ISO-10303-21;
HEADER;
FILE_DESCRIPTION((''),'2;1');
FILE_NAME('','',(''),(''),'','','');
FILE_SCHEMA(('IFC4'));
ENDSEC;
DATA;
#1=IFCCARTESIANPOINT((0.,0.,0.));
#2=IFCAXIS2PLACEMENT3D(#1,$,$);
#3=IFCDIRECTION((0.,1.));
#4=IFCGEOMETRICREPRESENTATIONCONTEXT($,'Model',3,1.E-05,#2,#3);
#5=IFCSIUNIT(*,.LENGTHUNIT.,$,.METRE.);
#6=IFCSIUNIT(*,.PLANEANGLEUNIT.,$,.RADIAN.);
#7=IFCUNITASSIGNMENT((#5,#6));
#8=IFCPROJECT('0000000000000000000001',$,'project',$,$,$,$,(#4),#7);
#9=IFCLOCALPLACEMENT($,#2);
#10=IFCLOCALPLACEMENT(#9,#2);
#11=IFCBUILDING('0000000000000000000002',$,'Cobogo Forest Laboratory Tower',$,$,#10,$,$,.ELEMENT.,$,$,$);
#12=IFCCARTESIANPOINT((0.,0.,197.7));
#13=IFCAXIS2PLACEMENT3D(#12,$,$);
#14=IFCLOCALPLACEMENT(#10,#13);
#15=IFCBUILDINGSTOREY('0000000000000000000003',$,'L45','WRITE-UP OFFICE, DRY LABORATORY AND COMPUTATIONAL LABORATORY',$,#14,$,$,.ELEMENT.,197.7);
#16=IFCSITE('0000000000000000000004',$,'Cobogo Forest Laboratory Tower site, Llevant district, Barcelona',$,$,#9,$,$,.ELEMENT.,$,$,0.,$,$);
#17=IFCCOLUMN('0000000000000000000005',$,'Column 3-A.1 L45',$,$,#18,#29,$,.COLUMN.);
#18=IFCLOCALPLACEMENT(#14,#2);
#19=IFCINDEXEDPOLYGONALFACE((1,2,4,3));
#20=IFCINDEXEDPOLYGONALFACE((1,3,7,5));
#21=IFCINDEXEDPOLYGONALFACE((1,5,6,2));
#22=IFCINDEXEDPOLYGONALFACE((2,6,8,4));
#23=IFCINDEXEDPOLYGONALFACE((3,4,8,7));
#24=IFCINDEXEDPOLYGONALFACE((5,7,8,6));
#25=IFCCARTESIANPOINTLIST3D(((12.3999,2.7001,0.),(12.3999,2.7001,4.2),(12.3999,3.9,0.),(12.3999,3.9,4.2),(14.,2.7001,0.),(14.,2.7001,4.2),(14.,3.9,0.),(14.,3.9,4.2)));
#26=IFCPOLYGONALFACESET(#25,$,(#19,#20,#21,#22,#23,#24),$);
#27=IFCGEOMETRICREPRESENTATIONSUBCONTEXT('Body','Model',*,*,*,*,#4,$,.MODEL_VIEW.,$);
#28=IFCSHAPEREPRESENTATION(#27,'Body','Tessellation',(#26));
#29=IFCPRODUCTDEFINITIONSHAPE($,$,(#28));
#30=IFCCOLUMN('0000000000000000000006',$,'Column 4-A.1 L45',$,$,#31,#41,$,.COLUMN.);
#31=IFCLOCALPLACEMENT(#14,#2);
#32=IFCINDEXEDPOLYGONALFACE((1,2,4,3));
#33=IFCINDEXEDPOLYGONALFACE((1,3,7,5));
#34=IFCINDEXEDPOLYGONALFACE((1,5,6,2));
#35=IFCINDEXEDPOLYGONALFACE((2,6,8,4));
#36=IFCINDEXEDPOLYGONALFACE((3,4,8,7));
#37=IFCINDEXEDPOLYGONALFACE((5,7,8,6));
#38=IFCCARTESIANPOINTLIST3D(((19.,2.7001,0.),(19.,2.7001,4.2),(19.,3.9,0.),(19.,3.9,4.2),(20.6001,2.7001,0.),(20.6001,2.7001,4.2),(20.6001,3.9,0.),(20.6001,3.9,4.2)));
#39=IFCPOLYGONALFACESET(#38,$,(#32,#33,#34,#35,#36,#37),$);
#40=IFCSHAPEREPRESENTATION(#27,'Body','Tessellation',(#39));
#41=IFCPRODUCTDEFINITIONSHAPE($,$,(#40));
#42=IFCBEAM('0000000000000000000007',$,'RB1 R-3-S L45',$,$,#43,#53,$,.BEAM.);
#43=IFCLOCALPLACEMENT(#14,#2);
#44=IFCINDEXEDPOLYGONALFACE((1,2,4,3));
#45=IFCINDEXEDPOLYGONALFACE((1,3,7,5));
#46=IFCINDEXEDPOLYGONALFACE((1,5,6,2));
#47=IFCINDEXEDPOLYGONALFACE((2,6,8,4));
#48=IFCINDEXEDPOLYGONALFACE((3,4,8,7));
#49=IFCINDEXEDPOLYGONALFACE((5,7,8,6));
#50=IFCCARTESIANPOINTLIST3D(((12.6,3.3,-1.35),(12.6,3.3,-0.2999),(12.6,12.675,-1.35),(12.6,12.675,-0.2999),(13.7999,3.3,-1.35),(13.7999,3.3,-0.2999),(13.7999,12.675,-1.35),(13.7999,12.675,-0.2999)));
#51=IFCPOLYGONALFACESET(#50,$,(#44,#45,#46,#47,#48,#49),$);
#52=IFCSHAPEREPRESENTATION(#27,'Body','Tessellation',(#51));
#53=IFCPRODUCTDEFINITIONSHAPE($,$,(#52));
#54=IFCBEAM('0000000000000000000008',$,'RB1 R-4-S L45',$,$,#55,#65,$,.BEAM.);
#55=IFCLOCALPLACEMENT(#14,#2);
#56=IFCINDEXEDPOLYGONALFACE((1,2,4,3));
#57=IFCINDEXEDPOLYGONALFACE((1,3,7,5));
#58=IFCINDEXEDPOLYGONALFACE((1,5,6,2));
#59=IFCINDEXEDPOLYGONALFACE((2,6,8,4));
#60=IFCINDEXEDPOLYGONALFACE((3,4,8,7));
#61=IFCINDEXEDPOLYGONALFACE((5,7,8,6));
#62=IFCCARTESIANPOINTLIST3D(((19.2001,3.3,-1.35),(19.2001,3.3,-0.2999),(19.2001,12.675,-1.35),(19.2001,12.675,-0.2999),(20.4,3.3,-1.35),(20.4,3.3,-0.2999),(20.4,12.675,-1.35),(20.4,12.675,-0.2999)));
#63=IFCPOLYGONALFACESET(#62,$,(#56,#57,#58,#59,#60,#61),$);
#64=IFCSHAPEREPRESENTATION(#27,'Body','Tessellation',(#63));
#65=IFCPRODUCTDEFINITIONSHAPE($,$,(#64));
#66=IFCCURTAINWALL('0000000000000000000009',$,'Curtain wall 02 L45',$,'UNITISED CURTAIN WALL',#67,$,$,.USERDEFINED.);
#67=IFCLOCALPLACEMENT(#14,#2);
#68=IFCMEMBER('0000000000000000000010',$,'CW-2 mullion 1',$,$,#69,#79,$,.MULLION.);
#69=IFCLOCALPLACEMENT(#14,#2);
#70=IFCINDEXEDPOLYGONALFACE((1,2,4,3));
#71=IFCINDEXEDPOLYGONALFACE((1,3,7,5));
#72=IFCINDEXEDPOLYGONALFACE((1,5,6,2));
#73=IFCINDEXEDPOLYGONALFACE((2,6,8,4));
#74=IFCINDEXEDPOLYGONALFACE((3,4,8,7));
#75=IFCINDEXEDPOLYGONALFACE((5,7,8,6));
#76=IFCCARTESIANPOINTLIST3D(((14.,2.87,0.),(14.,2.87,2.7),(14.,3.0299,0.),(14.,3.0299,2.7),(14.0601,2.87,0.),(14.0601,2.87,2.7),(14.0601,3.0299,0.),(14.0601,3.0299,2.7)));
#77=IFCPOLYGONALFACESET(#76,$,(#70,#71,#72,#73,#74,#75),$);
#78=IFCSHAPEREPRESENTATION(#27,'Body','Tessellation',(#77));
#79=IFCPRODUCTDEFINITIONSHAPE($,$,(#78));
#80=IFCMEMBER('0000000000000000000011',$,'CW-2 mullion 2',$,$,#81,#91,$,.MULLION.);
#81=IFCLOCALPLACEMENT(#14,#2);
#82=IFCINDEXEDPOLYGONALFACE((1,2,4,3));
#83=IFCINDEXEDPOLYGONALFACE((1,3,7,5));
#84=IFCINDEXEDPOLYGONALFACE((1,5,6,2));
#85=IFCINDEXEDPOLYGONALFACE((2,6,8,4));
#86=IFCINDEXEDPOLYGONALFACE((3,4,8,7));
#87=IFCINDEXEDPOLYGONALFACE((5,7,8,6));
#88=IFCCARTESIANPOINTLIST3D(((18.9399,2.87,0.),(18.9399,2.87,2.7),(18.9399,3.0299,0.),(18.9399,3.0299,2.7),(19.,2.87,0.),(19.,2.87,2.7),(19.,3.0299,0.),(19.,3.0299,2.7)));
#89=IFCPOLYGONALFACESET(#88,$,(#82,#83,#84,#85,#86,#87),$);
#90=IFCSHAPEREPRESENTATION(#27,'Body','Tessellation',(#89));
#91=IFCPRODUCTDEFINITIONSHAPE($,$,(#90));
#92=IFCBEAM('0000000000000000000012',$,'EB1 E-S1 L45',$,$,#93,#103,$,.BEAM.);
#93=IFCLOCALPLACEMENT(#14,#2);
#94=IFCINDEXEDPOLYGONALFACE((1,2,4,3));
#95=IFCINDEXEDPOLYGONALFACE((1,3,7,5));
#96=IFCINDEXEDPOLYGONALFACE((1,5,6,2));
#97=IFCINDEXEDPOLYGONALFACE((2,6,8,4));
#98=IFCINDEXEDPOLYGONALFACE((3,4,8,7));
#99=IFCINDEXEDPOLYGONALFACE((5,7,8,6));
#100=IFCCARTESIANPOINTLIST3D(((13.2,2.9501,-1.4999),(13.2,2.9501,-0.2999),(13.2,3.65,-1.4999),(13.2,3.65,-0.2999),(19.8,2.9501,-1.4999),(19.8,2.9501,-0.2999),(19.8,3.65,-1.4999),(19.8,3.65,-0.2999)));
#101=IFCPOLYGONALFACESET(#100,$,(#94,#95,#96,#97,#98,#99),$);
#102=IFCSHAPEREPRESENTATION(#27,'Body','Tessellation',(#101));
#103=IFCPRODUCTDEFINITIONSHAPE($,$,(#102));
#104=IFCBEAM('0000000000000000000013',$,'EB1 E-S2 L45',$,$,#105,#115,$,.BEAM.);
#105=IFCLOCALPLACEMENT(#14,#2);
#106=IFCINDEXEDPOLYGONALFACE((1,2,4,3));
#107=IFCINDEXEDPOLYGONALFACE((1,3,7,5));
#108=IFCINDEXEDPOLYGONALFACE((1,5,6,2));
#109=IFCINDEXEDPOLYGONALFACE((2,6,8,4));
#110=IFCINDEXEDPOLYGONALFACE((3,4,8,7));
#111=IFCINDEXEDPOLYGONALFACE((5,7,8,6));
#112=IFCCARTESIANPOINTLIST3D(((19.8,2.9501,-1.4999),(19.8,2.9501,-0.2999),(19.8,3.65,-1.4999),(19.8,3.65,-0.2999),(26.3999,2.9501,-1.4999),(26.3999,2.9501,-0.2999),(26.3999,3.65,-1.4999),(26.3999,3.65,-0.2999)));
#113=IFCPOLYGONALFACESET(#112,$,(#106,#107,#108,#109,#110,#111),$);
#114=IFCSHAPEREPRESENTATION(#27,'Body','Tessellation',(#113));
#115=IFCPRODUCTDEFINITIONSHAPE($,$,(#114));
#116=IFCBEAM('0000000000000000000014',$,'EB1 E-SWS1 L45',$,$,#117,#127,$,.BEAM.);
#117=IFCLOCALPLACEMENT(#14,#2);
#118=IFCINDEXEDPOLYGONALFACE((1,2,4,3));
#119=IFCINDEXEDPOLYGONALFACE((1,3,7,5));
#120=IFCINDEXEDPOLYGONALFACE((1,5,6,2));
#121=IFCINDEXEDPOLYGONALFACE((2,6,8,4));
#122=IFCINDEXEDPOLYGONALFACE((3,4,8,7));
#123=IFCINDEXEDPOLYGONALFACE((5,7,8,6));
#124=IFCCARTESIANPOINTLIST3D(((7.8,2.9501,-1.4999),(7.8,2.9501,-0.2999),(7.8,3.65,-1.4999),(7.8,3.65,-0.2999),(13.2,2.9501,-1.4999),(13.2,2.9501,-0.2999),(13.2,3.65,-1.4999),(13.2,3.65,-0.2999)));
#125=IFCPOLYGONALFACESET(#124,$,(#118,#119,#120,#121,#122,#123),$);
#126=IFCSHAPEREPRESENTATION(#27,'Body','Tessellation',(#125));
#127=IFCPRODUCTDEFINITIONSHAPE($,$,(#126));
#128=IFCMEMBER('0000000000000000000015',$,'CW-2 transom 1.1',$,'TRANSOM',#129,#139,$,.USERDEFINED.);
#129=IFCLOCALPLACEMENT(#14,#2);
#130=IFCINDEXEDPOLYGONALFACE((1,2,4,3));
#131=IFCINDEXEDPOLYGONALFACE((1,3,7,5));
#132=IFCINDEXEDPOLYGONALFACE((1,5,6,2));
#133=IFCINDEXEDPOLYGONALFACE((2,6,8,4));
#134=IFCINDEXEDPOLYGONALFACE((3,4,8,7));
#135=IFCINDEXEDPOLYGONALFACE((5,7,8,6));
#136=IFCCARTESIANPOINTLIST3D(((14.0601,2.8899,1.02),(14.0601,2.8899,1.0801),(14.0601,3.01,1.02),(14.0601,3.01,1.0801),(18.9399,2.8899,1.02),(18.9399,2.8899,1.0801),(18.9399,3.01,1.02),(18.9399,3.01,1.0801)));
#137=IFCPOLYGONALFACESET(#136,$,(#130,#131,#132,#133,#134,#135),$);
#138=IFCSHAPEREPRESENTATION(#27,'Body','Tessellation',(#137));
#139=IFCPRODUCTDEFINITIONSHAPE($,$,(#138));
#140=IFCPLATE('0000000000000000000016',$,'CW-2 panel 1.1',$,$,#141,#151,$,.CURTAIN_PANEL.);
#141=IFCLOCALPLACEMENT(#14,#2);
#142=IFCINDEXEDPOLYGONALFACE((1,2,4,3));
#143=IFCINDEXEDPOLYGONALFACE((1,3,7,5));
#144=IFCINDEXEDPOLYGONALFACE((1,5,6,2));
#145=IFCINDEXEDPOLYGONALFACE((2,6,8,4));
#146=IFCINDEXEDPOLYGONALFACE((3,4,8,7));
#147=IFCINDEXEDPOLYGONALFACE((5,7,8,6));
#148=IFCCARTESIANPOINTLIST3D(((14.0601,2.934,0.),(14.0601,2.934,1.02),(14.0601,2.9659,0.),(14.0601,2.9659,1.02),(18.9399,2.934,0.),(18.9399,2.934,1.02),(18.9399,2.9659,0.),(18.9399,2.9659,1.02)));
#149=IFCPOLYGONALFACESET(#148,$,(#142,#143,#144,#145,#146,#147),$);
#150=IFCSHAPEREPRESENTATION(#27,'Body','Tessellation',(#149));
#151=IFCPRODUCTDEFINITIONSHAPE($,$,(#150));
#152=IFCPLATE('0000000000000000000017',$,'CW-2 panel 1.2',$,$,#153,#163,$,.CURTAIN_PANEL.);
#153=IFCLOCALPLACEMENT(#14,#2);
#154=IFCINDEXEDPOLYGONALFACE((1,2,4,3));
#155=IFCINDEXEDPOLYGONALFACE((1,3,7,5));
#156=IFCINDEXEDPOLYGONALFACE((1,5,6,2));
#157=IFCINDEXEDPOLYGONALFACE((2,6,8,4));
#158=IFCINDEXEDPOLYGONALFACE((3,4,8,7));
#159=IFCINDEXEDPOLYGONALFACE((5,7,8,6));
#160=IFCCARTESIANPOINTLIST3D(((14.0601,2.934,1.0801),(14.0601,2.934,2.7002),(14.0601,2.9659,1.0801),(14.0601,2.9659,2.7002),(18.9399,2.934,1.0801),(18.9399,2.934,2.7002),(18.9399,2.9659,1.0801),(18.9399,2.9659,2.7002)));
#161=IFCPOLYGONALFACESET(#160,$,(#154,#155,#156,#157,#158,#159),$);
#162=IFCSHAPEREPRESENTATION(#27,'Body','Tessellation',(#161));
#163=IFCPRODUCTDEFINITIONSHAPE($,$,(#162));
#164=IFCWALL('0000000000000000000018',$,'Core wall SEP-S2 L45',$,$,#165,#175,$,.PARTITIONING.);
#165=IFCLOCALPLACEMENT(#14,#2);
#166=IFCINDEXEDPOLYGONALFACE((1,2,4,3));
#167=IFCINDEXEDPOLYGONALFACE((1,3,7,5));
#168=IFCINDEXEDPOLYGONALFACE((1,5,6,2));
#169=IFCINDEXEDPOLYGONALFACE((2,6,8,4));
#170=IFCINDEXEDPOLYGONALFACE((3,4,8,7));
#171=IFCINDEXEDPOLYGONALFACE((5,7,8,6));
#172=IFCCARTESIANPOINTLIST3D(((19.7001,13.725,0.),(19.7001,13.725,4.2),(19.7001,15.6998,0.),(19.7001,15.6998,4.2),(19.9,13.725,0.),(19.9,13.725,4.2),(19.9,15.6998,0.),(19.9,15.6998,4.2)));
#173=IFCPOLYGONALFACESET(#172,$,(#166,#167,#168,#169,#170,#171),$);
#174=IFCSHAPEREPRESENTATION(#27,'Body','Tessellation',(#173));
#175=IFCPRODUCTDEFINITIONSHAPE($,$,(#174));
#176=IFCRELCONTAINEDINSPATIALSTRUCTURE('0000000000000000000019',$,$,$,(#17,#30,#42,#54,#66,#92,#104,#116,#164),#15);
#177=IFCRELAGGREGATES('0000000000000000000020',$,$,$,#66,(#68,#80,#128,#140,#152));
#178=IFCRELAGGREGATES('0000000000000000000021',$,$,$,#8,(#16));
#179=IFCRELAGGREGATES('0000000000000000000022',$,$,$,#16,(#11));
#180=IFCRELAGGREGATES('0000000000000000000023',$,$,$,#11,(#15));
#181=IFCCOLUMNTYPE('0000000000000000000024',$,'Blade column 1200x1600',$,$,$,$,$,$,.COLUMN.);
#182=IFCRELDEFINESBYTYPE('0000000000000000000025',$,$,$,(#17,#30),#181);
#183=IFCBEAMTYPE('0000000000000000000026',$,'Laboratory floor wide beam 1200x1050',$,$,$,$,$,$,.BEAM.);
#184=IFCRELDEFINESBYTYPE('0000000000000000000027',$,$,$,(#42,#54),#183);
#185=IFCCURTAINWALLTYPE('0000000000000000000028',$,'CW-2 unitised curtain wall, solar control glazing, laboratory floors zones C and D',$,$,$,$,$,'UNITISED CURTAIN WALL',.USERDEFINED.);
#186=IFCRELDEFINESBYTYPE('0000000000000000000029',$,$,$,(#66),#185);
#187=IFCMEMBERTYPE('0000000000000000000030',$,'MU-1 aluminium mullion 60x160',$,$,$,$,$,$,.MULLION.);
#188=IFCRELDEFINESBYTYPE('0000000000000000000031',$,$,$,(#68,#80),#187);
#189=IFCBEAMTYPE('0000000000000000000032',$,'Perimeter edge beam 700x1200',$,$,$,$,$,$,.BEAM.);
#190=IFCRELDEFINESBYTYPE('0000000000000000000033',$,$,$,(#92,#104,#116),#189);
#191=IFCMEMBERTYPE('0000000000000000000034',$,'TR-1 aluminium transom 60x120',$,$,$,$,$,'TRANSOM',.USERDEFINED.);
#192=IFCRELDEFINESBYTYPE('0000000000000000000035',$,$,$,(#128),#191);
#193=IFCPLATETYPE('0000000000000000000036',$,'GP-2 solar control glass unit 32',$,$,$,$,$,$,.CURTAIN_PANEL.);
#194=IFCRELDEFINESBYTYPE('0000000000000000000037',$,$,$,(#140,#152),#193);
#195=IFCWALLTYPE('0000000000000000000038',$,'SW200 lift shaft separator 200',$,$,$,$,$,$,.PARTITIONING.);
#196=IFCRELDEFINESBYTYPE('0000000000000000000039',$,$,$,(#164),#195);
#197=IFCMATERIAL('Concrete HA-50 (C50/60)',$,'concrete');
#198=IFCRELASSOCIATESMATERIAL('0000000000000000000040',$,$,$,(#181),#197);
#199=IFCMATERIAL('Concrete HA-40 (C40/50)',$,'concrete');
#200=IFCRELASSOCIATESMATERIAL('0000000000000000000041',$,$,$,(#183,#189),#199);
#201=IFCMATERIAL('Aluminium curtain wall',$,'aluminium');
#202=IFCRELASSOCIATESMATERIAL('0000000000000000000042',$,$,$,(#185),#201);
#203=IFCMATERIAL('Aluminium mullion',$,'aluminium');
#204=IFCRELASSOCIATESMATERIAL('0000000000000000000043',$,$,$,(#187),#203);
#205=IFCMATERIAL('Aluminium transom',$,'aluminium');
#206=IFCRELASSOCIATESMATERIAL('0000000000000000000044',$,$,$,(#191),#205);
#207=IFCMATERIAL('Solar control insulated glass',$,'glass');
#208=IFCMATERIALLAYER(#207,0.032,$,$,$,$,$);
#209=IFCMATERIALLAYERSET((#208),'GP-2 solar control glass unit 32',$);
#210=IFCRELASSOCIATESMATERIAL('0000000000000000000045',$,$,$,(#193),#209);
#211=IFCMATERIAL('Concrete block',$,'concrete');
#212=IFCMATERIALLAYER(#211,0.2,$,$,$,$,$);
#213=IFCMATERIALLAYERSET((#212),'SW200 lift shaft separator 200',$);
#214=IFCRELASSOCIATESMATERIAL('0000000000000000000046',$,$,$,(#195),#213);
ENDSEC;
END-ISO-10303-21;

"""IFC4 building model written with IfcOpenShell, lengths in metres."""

from ifc_helpers import new_model, si_unit, direction, frame, frame_2d, origin, origin_2d, place, context, subcontext, project, spatial, rectangle, extrude, material, layer, layer_set, material_profile, profile_set, type_object, element, aggregate, save


model = new_model("IFC4")

# Units and contexts
model_context = context("Model", 3, precision=1e-05, world=origin(), true_north=direction((0.0, 1.0)))
body_context = subcontext(model_context, "Body", "Model", "MODEL_VIEW")
ifc_project = project(units=[si_unit("LENGTHUNIT", "METRE"), si_unit("PLANEANGLEUNIT", "RADIAN")], contexts=[model_context])

# Site, building, storey
site_placement = place(None, origin())
site = spatial("IfcSite", under=ifc_project, at=site_placement, Name="Cobogo Forest Laboratory Tower site, Llevant district, Barcelona", CompositionType="ELEMENT", RefElevation=0.0)
building_placement = place(site_placement, origin())
building = spatial("IfcBuilding", under=site, at=building_placement, Name="Cobogo Forest Laboratory Tower", CompositionType="ELEMENT")
storey_placement = place(building_placement, frame((0.0, 0.0, 197.7)))
storey = spatial("IfcBuildingStorey", under=building, at=storey_placement, Name="L45", Description="WRITE-UP OFFICE, DRY LABORATORY AND COMPUTATIONAL LABORATORY", CompositionType="ELEMENT", Elevation=197.7)

# Columns
ifc_material_1 = material(Name="Concrete HA-50 (C50/60)", Category="concrete")
ifc_material_profile_1 = material_profile(ifc_material_1, rectangle(XDim=1.6001, YDim=1.2, at=origin_2d()), Name="RC 1200x1600")
ifc_profile_set_1 = profile_set([ifc_material_profile_1], Name="Concrete HA-50 (C50/60)")
column_type = type_object("IfcColumnType", Name="Blade column 1200x1600", PredefinedType="COLUMN", material=ifc_profile_set_1)
for number, where, z_axis, x_axis, name in (
    (1, (13.2, 3.3, 0.0), (0.0, 0.0, 1.0), (1.0, 0.0, 0.0), "Column 3-A.1 L45"),
    (2, (19.8, 3.3, 0.0), (0.0, 0.0, 1.0), (1.0, 0.0, 0.0), "Column 4-A.1 L45"),
):
    element("IfcColumn", number, at=place(storey_placement, frame(where, z_axis=z_axis, x_axis=x_axis)), inside=storey, type_object=column_type, Name=name, PredefinedType="COLUMN", context=body_context, shape_type="SweptSolid", body=[
        extrude(rectangle(XDim=1.6001, YDim=1.2, at=origin_2d()), origin(), (0.0, 0.0, 1.0), 4.2),
    ])

# Beams
ifc_material_2 = material(Name="Concrete HA-40 (C40/50)", Category="concrete")
ifc_material_profile_2 = material_profile(ifc_material_2, rectangle(XDim=1.2, YDim=1.05, at=origin_2d()), Name="RC 1200x1050")
ifc_profile_set_2 = profile_set([ifc_material_profile_2], Name="Concrete HA-40 (C40/50)")
beam_type_1 = type_object("IfcBeamType", Name="Laboratory floor wide beam 1200x1050", PredefinedType="BEAM", material=ifc_profile_set_2)
for number, where, z_axis, x_axis, name in (
    (3, (13.2, 12.675, -0.825), (0.0, -1.0, 0.0), (1.0, 0.0, 0.0), "RB1 R-3-S L45"),
    (4, (19.8, 12.675, -0.825), (0.0, -1.0, 0.0), (1.0, 0.0, 0.0), "RB1 R-4-S L45"),
):
    element("IfcBeam", number, at=place(storey_placement, frame(where, z_axis=z_axis, x_axis=x_axis)), inside=storey, type_object=beam_type_1, Name=name, PredefinedType="BEAM", context=body_context, shape_type="SweptSolid", body=[
        extrude(rectangle(XDim=1.2, YDim=1.05, at=origin_2d()), origin(), (0.0, 0.0, 1.0), 9.375),
    ])

# Curtain wall, members
ifc_material_3 = material(Name="Aluminium curtain wall", Category="aluminium")
curtain_wall_type = type_object("IfcCurtainWallType", Name="CW-2 unitised curtain wall, solar control glazing, laboratory floors zones C and D", ElementType="UNITISED CURTAIN WALL", PredefinedType="USERDEFINED", material=ifc_material_3)
curtain_wall_placement = place(storey_placement, origin())
curtain_wall = element("IfcCurtainWall", 5, at=curtain_wall_placement, inside=storey, type_object=curtain_wall_type, Name="Curtain wall 02 L45", ObjectType="UNITISED CURTAIN WALL", PredefinedType="USERDEFINED")
ifc_material_4 = material(Name="Aluminium mullion", Category="aluminium")
ifc_material_profile_3 = material_profile(ifc_material_4, rectangle(XDim=0.0601, YDim=0.1599, at=origin_2d()), Name="AL 60x160")
ifc_profile_set_3 = profile_set([ifc_material_profile_3], Name="Aluminium mullion")
member_type_1 = type_object("IfcMemberType", Name="MU-1 aluminium mullion 60x160", PredefinedType="MULLION", material=ifc_profile_set_3)
member_1_placement = place(storey_placement, frame((14.03, 2.95, 0.0), z_axis=(0.0, 0.0, 1.0), x_axis=(1.0, 0.0, 0.0)))
member_1 = element("IfcMember", 6, at=member_1_placement, type_object=member_type_1, Name="CW-2 mullion 1", PredefinedType="MULLION", context=body_context, shape_type="SweptSolid", body=[
    extrude(rectangle(XDim=0.0601, YDim=0.1599, at=origin_2d()), origin(), (0.0, 0.0, 1.0), 2.7),
])
member_2_placement = place(storey_placement, frame((18.97, 2.95, 0.0), z_axis=(0.0, 0.0, 1.0), x_axis=(1.0, 0.0, 0.0)))
member_2 = element("IfcMember", 7, at=member_2_placement, type_object=member_type_1, Name="CW-2 mullion 2", PredefinedType="MULLION", context=body_context, shape_type="SweptSolid", body=[
    extrude(rectangle(XDim=0.0601, YDim=0.1599, at=origin_2d()), origin(), (0.0, 0.0, 1.0), 2.7),
])

# Beams
ifc_material_profile_4 = material_profile(ifc_material_2, rectangle(XDim=0.7, YDim=1.2, at=origin_2d()), Name="RC 700x1200")
ifc_profile_set_4 = profile_set([ifc_material_profile_4], Name="Concrete HA-40 (C40/50)")
beam_type_2 = type_object("IfcBeamType", Name="Perimeter edge beam 700x1200", PredefinedType="BEAM", material=ifc_profile_set_4)
beam_1_placement = place(storey_placement, frame((13.2, 3.3, -0.8999), z_axis=(1.0, 0.0, 0.0), x_axis=(0.0, 1.0, 0.0)))
element("IfcBeam", 8, at=beam_1_placement, inside=storey, type_object=beam_type_2, Name="EB1 E-S1 L45", PredefinedType="BEAM", context=body_context, shape_type="SweptSolid", body=[
    extrude(rectangle(XDim=0.7, YDim=1.2, at=origin_2d()), origin(), (0.0, 0.0, 1.0), 6.6001),
])
beam_2_placement = place(storey_placement, frame((19.8, 3.3, -0.8999), z_axis=(1.0, 0.0, 0.0), x_axis=(0.0, 1.0, 0.0)))
element("IfcBeam", 9, at=beam_2_placement, inside=storey, type_object=beam_type_2, Name="EB1 E-S2 L45", PredefinedType="BEAM", context=body_context, shape_type="SweptSolid", body=[
    extrude(rectangle(XDim=0.7, YDim=1.2, at=origin_2d()), origin(), (0.0, 0.0, 1.0), 6.5999),
])
beam_3_placement = place(storey_placement, frame((13.2, 3.3, -0.8999), z_axis=(-1.0, 0.0, 0.0), x_axis=(0.0, -1.0, 0.0)))
element("IfcBeam", 10, at=beam_3_placement, inside=storey, type_object=beam_type_2, Name="EB1 E-SWS1 L45", PredefinedType="BEAM", context=body_context, shape_type="SweptSolid", body=[
    extrude(rectangle(XDim=0.7, YDim=1.2, at=origin_2d()), origin(), (0.0, 0.0, 1.0), 5.3999),
])

# Member
ifc_material_5 = material(Name="Aluminium transom", Category="aluminium")
ifc_material_profile_5 = material_profile(ifc_material_5, rectangle(XDim=0.1201, YDim=0.0601, at=origin_2d()), Name="AL 60x120")
ifc_profile_set_5 = profile_set([ifc_material_profile_5], Name="Aluminium transom")
member_type_2 = type_object("IfcMemberType", Name="TR-1 aluminium transom 60x120", ElementType="TRANSOM", PredefinedType="USERDEFINED", material=ifc_profile_set_5)
member_3_placement = place(storey_placement, frame((14.0601, 2.95, 1.05), z_axis=(1.0, 0.0, 0.0), x_axis=(0.0, 1.0, 0.0)))
member_3 = element("IfcMember", 11, at=member_3_placement, type_object=member_type_2, Name="CW-2 transom 1.1", ObjectType="TRANSOM", PredefinedType="USERDEFINED", context=body_context, shape_type="SweptSolid", body=[
    extrude(rectangle(XDim=0.1201, YDim=0.0601, at=origin_2d()), origin(), (0.0, 0.0, 1.0), 4.8799),
])

# Plates
ifc_material_6 = material(Name="Solar control insulated glass", Category="glass")
ifc_layer_1 = layer(ifc_material_6, 0.032)
ifc_layer_set_1 = layer_set([ifc_layer_1], Name="GP-2 solar control glass unit 32")
plate_type_1 = type_object("IfcPlateType", Name="GP-2 solar control glass unit 32", PredefinedType="CURTAIN_PANEL", material=ifc_layer_set_1)
plate_1_placement = place(storey_placement, frame((16.5, 2.95, 0.0), z_axis=(0.0, 0.0, 1.0), x_axis=(1.0, 0.0, 0.0)))
plate_1 = element("IfcPlate", 12, at=plate_1_placement, type_object=plate_type_1, Name="CW-2 panel 1.1", PredefinedType="CURTAIN_PANEL", context=body_context, shape_type="SweptSolid", body=[
    extrude(rectangle(XDim=4.8799, YDim=0.032, at=origin_2d()), origin(), (0.0, 0.0, 1.0), 1.02),
])
plate_2_placement = place(storey_placement, frame((16.5, 2.95, 1.0801), z_axis=(0.0, 0.0, 1.0), x_axis=(1.0, 0.0, 0.0)))
plate_2 = element("IfcPlate", 13, at=plate_2_placement, type_object=plate_type_1, Name="CW-2 panel 1.2", PredefinedType="CURTAIN_PANEL", context=body_context, shape_type="SweptSolid", body=[
    extrude(rectangle(XDim=4.8799, YDim=0.032, at=origin_2d()), origin(), (0.0, 0.0, 1.0), 1.6201),
])
aggregate(curtain_wall, [member_1, member_2, member_3, plate_1, plate_2])

# Wall
ifc_material_7 = material(Name="Concrete block", Category="concrete")
ifc_layer_2 = layer(ifc_material_7, 0.2)
ifc_layer_set_2 = layer_set([ifc_layer_2], Name="SW200 lift shaft separator 200")
wall_type = type_object("IfcWallType", Name="SW200 lift shaft separator 200", PredefinedType="PARTITIONING", material=ifc_layer_set_2)
wall_placement = place(storey_placement, frame((19.8, 13.7251, 0.0), z_axis=(0.0, 0.0, 1.0), x_axis=(0.0, 1.0, 0.0)))
element("IfcWall", 14, at=wall_placement, inside=storey, type_object=wall_type, Name="Core wall SEP-S2 L45", PredefinedType="PARTITIONING", context=body_context, shape_type="SweptSolid", body=[
    extrude(rectangle(XDim=1.9749, YDim=0.2, at=frame_2d((0.9873, 0.0))), origin(), (0.0, 0.0, 1.0), 4.2),
])

save(model, "model.ifc")
